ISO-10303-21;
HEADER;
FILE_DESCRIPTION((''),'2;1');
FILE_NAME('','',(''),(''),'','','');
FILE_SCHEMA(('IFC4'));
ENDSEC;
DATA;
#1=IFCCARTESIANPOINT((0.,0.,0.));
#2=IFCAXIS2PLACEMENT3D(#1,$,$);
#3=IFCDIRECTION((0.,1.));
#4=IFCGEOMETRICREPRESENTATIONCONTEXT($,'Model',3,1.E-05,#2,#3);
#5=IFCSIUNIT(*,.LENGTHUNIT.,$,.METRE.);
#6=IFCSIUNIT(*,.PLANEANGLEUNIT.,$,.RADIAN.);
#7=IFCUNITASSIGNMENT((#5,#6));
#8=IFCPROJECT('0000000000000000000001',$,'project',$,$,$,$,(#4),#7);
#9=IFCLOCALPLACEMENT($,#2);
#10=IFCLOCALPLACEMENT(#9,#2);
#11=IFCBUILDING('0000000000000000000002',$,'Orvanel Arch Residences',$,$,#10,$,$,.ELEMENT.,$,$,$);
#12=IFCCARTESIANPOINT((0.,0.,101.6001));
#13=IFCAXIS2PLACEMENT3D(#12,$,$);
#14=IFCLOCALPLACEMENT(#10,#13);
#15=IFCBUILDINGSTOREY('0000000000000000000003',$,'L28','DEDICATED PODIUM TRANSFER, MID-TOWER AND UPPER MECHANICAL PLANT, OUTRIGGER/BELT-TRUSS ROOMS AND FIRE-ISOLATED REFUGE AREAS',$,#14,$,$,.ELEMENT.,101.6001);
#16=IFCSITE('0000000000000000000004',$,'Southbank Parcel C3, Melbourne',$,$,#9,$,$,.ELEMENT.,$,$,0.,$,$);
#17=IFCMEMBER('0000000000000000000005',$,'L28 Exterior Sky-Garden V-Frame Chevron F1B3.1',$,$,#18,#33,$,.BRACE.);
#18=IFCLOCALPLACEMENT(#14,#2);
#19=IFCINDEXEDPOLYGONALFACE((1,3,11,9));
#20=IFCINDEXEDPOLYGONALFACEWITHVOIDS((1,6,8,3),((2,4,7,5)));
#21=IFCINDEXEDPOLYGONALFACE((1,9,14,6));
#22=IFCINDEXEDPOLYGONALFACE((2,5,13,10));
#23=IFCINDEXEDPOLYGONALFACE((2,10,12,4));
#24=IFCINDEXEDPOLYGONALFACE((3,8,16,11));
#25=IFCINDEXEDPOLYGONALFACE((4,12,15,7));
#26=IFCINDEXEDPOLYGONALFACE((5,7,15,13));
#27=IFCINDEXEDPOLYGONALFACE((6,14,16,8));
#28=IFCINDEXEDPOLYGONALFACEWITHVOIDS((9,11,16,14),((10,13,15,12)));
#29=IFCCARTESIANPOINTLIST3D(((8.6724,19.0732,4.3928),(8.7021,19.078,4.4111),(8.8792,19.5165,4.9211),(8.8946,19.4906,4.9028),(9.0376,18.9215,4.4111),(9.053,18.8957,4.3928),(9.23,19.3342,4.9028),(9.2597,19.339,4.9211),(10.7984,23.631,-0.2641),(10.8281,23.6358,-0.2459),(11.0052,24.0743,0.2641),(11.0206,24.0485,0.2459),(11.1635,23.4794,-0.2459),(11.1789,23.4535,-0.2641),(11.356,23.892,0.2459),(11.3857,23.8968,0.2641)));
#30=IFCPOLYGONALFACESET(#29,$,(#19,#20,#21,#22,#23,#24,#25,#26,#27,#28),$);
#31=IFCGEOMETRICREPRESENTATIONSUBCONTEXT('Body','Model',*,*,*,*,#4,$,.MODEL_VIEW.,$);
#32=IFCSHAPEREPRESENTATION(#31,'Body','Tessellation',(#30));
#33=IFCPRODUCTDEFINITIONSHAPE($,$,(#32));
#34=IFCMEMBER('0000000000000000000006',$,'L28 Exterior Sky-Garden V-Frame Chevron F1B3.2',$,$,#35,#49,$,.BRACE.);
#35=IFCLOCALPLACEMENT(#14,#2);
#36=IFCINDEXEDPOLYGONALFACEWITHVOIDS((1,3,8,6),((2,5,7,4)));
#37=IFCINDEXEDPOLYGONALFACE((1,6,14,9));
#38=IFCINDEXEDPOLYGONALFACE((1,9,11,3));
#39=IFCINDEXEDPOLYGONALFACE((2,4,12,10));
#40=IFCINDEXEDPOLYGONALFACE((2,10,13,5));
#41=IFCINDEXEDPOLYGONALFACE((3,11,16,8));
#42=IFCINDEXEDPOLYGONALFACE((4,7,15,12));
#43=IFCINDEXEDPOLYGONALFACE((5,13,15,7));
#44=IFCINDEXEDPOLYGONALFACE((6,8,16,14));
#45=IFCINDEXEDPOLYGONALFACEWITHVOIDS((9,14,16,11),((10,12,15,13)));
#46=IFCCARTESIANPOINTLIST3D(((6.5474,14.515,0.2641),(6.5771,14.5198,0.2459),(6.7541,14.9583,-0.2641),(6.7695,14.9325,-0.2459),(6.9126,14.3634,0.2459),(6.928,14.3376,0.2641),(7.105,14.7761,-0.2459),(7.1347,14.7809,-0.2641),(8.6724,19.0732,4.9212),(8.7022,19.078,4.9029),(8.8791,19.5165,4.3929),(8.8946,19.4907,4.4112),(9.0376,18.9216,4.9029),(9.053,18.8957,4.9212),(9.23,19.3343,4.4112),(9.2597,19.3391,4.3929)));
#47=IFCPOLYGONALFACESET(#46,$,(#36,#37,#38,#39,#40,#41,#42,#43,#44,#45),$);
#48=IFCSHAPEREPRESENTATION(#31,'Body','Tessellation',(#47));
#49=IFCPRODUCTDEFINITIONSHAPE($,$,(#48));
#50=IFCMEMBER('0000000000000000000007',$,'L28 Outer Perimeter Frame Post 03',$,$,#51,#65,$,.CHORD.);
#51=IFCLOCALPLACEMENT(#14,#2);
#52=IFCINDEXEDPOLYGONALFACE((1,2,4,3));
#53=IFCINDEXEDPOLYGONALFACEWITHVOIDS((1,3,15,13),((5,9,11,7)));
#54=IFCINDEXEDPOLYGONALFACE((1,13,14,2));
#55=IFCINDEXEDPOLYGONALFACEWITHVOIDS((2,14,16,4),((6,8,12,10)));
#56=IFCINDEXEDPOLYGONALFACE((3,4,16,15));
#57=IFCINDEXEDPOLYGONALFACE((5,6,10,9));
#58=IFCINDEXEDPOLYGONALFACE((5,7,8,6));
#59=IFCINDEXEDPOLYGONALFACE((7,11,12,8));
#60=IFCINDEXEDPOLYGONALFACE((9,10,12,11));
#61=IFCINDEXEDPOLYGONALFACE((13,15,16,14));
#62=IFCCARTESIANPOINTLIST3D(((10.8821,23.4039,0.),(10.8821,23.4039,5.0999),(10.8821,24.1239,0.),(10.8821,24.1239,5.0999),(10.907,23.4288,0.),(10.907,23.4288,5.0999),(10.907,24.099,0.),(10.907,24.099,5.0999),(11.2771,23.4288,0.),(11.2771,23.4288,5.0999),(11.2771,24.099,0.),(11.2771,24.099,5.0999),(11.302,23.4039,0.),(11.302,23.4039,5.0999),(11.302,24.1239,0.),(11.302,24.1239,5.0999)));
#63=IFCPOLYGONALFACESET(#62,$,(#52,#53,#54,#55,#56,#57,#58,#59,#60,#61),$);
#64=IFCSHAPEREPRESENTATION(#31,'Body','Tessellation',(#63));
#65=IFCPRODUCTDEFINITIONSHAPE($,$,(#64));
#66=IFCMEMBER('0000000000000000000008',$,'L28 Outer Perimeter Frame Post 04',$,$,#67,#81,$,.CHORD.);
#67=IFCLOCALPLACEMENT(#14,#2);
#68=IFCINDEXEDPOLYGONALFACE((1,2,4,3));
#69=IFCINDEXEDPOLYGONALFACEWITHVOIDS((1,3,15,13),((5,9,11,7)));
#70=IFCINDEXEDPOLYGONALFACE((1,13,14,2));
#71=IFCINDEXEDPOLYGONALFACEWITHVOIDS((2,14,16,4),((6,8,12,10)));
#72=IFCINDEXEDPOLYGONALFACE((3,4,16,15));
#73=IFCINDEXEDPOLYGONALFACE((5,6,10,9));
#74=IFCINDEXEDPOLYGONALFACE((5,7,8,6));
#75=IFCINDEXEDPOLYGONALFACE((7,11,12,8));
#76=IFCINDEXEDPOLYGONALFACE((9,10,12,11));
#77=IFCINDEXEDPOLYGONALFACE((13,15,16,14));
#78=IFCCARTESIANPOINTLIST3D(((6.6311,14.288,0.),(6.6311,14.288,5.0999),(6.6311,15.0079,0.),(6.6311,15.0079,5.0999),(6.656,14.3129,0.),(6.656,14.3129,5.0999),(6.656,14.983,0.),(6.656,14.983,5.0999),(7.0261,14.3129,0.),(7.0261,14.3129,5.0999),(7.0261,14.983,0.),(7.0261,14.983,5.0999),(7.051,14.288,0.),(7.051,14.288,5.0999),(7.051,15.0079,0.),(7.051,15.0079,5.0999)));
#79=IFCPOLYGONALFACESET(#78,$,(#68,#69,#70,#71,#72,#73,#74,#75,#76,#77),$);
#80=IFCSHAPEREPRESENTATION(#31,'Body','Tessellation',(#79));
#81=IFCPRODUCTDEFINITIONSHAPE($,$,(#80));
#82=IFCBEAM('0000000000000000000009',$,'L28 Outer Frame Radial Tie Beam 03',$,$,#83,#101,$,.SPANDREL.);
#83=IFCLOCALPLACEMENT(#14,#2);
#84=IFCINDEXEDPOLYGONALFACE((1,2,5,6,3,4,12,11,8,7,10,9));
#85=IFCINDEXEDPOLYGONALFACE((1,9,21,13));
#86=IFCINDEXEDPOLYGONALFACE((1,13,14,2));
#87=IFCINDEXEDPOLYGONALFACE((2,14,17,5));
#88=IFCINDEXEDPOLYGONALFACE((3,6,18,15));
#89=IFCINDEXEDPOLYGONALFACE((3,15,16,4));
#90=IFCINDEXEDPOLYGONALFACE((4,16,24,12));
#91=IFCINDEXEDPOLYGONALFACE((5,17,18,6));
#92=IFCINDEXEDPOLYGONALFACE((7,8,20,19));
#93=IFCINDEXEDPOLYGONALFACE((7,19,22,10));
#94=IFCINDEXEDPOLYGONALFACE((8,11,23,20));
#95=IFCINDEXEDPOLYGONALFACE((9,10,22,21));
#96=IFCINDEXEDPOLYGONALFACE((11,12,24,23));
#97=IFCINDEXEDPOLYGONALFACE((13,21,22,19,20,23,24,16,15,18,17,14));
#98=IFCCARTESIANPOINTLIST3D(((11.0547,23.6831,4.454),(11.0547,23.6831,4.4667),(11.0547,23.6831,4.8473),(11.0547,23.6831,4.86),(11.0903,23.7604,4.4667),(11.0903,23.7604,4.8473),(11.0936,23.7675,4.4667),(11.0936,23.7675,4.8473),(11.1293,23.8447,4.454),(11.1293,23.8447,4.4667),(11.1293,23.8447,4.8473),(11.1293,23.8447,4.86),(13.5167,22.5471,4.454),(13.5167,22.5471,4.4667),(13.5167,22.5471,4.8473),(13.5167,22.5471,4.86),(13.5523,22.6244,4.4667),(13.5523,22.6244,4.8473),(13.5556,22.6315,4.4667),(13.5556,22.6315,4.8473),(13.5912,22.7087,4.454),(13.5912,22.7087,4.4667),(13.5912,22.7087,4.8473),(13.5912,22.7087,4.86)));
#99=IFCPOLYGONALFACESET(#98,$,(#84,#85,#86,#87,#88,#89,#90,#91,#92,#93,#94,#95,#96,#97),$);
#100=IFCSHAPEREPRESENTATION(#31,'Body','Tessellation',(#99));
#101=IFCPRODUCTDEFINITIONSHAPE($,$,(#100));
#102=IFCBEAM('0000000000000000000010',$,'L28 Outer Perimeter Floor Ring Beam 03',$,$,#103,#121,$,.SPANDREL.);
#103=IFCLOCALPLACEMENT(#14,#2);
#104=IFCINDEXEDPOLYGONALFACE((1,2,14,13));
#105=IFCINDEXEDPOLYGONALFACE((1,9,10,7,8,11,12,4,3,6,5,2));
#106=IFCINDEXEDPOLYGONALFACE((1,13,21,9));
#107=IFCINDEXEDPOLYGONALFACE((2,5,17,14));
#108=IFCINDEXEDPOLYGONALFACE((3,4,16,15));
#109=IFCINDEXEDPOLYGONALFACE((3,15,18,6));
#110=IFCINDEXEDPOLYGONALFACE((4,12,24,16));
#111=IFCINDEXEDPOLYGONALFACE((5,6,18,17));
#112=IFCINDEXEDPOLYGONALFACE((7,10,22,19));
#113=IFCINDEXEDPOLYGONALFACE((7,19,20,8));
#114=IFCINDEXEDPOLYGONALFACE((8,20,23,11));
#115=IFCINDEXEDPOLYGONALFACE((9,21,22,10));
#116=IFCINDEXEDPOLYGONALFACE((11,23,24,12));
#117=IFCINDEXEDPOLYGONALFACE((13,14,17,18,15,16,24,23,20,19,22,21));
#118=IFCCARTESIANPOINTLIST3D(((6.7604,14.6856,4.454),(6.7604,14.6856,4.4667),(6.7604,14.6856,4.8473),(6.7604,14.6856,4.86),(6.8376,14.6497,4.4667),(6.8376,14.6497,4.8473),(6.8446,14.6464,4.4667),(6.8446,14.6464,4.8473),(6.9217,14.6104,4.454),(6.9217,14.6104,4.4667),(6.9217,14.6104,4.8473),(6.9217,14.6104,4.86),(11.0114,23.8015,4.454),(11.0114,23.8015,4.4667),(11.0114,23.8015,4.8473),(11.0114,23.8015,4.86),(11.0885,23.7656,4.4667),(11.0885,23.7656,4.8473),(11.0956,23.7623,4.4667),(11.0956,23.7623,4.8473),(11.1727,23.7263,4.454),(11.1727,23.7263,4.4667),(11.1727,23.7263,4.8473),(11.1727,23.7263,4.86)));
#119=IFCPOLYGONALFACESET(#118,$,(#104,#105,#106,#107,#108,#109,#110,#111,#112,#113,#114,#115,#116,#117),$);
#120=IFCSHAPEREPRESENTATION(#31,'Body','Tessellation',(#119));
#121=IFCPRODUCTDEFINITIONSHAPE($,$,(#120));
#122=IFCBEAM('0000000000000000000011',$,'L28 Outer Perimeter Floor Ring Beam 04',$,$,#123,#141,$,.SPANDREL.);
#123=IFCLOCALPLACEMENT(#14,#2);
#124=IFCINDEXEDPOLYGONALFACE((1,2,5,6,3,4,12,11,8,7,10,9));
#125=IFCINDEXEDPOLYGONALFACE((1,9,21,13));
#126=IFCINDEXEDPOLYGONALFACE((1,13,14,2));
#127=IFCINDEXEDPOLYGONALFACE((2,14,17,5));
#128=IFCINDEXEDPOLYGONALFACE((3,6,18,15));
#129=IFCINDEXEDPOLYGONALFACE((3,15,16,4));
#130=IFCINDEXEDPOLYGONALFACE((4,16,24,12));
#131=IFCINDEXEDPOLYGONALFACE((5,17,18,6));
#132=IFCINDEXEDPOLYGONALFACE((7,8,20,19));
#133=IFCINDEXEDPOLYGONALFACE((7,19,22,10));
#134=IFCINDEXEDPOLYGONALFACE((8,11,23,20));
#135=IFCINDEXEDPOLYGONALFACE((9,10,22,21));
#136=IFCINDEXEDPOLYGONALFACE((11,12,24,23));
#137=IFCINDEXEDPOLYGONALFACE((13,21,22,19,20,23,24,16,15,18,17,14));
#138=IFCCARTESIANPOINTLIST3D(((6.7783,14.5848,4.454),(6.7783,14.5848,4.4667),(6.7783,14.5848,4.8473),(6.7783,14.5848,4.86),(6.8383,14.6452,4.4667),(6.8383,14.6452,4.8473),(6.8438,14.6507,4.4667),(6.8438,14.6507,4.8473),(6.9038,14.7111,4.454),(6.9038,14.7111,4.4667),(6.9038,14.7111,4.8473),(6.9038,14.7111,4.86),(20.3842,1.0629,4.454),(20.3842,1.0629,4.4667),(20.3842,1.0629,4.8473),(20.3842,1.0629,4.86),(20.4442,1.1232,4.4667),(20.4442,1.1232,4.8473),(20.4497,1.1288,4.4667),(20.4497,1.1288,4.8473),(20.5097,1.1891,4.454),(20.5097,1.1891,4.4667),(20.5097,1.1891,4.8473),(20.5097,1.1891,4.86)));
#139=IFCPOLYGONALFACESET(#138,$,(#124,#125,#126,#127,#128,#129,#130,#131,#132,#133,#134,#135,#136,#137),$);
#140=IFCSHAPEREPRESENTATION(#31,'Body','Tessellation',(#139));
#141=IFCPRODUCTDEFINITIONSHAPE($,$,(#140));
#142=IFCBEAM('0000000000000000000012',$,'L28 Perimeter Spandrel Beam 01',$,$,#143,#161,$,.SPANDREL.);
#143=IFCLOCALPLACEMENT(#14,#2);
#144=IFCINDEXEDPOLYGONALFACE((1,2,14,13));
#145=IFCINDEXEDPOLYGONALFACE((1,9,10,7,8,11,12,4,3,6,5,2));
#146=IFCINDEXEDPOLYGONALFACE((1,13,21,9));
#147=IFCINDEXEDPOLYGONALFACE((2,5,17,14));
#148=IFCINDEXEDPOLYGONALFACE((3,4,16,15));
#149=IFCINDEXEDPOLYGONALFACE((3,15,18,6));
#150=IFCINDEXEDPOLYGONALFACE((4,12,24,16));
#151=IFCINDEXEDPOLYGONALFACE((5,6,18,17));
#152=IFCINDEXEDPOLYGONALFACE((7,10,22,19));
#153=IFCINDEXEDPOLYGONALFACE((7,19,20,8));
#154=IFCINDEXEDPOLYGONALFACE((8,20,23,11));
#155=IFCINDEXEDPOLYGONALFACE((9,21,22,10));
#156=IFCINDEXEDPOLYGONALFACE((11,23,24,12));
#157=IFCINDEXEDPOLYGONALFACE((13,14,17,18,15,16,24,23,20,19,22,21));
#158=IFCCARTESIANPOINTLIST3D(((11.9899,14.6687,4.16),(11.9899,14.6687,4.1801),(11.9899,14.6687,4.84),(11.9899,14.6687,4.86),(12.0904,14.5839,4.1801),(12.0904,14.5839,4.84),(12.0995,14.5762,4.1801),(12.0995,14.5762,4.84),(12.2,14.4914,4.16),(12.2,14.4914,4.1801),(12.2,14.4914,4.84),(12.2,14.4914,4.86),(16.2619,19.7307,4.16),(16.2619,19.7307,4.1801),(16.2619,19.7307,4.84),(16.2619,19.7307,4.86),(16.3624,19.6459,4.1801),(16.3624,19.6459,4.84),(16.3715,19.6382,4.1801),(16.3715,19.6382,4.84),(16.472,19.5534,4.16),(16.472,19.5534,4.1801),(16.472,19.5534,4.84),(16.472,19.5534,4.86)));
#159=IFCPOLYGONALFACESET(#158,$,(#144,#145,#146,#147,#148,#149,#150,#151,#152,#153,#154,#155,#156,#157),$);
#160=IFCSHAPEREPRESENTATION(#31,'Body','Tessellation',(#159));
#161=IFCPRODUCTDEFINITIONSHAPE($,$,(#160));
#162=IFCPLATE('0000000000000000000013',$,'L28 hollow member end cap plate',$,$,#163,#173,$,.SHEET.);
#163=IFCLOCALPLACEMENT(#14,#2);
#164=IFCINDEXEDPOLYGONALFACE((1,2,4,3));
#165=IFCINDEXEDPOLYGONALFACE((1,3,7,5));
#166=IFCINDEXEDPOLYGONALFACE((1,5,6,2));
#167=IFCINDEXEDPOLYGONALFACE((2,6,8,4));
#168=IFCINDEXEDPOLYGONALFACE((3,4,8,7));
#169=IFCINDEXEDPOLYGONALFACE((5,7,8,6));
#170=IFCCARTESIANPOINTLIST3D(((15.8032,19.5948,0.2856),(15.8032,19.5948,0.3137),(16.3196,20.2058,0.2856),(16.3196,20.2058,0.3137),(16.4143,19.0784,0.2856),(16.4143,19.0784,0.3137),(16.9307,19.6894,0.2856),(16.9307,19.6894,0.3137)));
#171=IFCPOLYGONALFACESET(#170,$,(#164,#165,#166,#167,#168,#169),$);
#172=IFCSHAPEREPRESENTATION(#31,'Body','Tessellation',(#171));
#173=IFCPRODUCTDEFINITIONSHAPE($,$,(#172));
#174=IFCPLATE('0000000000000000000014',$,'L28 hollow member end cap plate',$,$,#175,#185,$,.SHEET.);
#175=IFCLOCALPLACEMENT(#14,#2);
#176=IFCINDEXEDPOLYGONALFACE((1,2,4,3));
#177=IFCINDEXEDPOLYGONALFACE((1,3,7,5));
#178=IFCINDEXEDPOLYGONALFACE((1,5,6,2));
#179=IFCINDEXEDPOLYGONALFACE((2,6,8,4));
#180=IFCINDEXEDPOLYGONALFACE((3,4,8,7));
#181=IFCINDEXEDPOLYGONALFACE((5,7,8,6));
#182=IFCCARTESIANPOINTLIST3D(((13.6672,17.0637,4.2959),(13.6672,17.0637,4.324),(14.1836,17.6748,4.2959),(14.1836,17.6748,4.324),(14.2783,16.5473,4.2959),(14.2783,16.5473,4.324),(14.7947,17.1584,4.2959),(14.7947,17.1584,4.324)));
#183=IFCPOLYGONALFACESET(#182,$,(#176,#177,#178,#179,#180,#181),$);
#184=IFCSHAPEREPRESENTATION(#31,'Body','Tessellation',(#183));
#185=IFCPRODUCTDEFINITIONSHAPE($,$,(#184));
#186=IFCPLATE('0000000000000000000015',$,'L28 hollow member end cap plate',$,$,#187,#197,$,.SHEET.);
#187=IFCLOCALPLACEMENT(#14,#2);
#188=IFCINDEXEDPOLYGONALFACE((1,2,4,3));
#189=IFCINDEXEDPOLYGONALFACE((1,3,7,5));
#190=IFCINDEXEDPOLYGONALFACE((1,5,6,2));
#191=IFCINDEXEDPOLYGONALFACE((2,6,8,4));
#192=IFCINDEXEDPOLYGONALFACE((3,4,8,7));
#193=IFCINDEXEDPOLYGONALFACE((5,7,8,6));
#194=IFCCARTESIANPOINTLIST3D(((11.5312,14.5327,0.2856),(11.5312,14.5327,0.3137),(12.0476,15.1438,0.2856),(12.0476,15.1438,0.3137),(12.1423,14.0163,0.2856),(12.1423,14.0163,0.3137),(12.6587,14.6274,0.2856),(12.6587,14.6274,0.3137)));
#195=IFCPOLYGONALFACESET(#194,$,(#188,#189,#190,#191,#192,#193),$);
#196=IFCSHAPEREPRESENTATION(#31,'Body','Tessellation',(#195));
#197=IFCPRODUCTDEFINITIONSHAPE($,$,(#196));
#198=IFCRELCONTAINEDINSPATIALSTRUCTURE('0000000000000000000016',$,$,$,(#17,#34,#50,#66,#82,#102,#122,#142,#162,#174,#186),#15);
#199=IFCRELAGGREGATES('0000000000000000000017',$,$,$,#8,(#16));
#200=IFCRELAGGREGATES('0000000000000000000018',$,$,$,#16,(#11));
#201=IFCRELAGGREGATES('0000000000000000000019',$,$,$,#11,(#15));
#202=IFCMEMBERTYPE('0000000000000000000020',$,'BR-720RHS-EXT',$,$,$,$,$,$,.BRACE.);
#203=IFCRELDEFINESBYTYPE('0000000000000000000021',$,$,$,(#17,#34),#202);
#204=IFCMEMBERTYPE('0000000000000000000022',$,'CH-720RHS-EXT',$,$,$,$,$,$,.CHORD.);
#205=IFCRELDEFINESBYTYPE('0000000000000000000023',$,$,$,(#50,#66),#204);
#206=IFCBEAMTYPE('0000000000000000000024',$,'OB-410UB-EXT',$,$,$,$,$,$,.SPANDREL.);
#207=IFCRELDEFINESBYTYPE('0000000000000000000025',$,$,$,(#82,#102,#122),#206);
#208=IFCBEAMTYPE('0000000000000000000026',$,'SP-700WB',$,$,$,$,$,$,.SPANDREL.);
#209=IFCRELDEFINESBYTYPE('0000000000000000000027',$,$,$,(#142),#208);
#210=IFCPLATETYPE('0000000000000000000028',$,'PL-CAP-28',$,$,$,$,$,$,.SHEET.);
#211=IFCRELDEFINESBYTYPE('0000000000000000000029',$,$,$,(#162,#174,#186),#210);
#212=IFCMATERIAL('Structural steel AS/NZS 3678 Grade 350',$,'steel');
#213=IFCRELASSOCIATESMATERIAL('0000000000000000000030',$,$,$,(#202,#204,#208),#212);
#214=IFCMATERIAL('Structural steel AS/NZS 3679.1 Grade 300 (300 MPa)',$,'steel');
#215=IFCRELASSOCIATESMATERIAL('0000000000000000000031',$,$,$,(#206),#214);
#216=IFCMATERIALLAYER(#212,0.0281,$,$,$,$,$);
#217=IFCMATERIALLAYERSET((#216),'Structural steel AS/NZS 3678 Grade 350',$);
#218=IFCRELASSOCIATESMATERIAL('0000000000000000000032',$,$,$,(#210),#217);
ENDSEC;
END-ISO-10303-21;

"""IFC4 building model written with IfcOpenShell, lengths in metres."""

from ifc_helpers import new_model, si_unit, direction, frame, origin, origin_2d, place, context, subcontext, project, spatial, rectangle, hollow_rectangle, i_section, extrude, material, layer, layer_set, material_profile, profile_set, type_object, element, save


model = new_model("IFC4")

# Units and contexts
model_context = context("Model", 3, precision=1e-05, world=origin(), true_north=direction((0.0, 1.0)))
body_context = subcontext(model_context, "Body", "Model", "MODEL_VIEW")
ifc_project = project(units=[si_unit("LENGTHUNIT", "METRE"), si_unit("PLANEANGLEUNIT", "RADIAN")], contexts=[model_context])

# Site, building, storey
site_placement = place(None, origin())
site = spatial("IfcSite", under=ifc_project, at=site_placement, Name="Southbank Parcel C3, Melbourne", CompositionType="ELEMENT", RefElevation=0.0)
building_placement = place(site_placement, origin())
building = spatial("IfcBuilding", under=site, at=building_placement, Name="Orvanel Arch Residences", CompositionType="ELEMENT")
storey_placement = place(building_placement, frame((0.0, 0.0, 101.6001)))
storey = spatial("IfcBuildingStorey", under=building, at=storey_placement, Name="L28", Description="DEDICATED PODIUM TRANSFER, MID-TOWER AND UPPER MECHANICAL PLANT, OUTRIGGER/BELT-TRUSS ROOMS AND FIRE-ISOLATED REFUGE AREAS", CompositionType="ELEMENT", Elevation=101.6001)

# Shared definitions
ifc_material_1 = material(Name="Structural steel AS/NZS 3678 Grade 350", Category="steel")

# Members
ifc_material_profile_1 = material_profile(ifc_material_1, hollow_rectangle(XDim=0.4199, YDim=0.72, WallThickness=0.0249, at=origin_2d()), Name="RHS720x420x25")
ifc_profile_set_1 = profile_set([ifc_material_profile_1], Name="Structural steel AS/NZS 3678 Grade 350")
member_type_1 = type_object("IfcMemberType", Name="BR-720RHS-EXT", PredefinedType="BRACE", material=ifc_profile_set_1)
for number, where, z_axis, x_axis, name in (
    (1, (11.092, 23.7639, 0.0), (-0.310167, -0.664964, 0.679425), (0.906261, -0.422718, 0.0), "L28 Exterior Sky-Garden V-Frame Chevron F1B3.1"),
    (2, (6.8411, 14.6479, 0.0), (0.310031, 0.665014, 0.679439), (-0.906344, 0.42254, 0.0), "L28 Exterior Sky-Garden V-Frame Chevron F1B3.2"),
):
    element("IfcMember", number, at=place(storey_placement, frame(where, z_axis=z_axis, x_axis=x_axis)), inside=storey, type_object=member_type_1, Name=name, PredefinedType="BRACE", context=body_context, shape_type="SweptSolid", body=[
        extrude(hollow_rectangle(XDim=0.4199, YDim=0.72, WallThickness=0.0249, at=origin_2d()), origin(), (0.0, 0.0, 1.0), 6.8542),
    ])
ifc_material_profile_2 = material_profile(ifc_material_1, hollow_rectangle(XDim=0.4199, YDim=0.72, WallThickness=0.0249, at=origin_2d()), Name="RHS720x420x25")
ifc_profile_set_2 = profile_set([ifc_material_profile_2], Name="Structural steel AS/NZS 3678 Grade 350")
member_type_2 = type_object("IfcMemberType", Name="CH-720RHS-EXT", PredefinedType="CHORD", material=ifc_profile_set_2)
for number, where, z_axis, x_axis, name in (
    (3, (11.092, 23.7639, 0.0), (0.0, 0.0, 1.0), (1.0, 0.0, 0.0), "L28 Outer Perimeter Frame Post 03"),
    (4, (6.8411, 14.6479, 0.0), (0.0, 0.0, 1.0), (1.0, 0.0, 0.0), "L28 Outer Perimeter Frame Post 04"),
):
    element("IfcMember", number, at=place(storey_placement, frame(where, z_axis=z_axis, x_axis=x_axis)), inside=storey, type_object=member_type_2, Name=name, PredefinedType="CHORD", context=body_context, shape_type="SweptSolid", body=[
        extrude(hollow_rectangle(XDim=0.4199, YDim=0.72, WallThickness=0.0249, at=origin_2d()), origin(), (0.0, 0.0, 1.0), 5.0999),
    ])

# Beams
ifc_material_2 = material(Name="Structural steel AS/NZS 3679.1 Grade 300 (300 MPa)", Category="steel")
ifc_material_profile_3 = material_profile(ifc_material_2, i_section(OverallWidth=0.178, OverallDepth=0.406, WebThickness=0.0078, FlangeThickness=0.0127, at=origin_2d()), Name="410UB59.7")
ifc_profile_set_3 = profile_set([ifc_material_profile_3], Name="Structural steel AS/NZS 3679.1 Grade 300 (300 MPa)")
beam_type_1 = type_object("IfcBeamType", Name="OB-410UB-EXT", PredefinedType="SPANDREL", material=ifc_profile_set_3)
beam_1_placement = place(storey_placement, frame((13.554, 22.6279, 4.657), z_axis=(-0.907999, 0.418973, 0.0), x_axis=(-0.418973, -0.907999, 0.0)))
element("IfcBeam", 5, at=beam_1_placement, inside=storey, type_object=beam_type_1, Name="L28 Outer Frame Radial Tie Beam 03", PredefinedType="SPANDREL", context=body_context, shape_type="SweptSolid", body=[
    extrude(i_section(OverallWidth=0.178, OverallDepth=0.406, WebThickness=0.0078, FlangeThickness=0.0127, at=origin_2d()), origin(), (0.0, 0.0, 1.0), 2.7114),
])
beam_2_placement = place(storey_placement, frame((11.092, 23.7639, 4.657), z_axis=(-0.422629, -0.906303, 0.0), x_axis=(0.906303, -0.422629, 0.0)))
element("IfcBeam", 6, at=beam_2_placement, inside=storey, type_object=beam_type_1, Name="L28 Outer Perimeter Floor Ring Beam 03", PredefinedType="SPANDREL", context=body_context, shape_type="SweptSolid", body=[
    extrude(i_section(OverallWidth=0.178, OverallDepth=0.406, WebThickness=0.0078, FlangeThickness=0.0127, at=origin_2d()), origin(), (0.0, 0.0, 1.0), 10.0583),
])
beam_3_placement = place(storey_placement, frame((6.8411, 14.6479, 4.657), z_axis=(0.709292, -0.704914, 0.0), x_axis=(0.704914, 0.709292, 0.0)))
element("IfcBeam", 7, at=beam_3_placement, inside=storey, type_object=beam_type_1, Name="L28 Outer Perimeter Floor Ring Beam 04", PredefinedType="SPANDREL", context=body_context, shape_type="SweptSolid", body=[
    extrude(i_section(OverallWidth=0.178, OverallDepth=0.406, WebThickness=0.0078, FlangeThickness=0.0127, at=origin_2d()), origin(), (0.0, 0.0, 1.0), 19.1824),
])
ifc_material_profile_4 = material_profile(ifc_material_1, i_section(OverallWidth=0.2749, OverallDepth=0.7, WebThickness=0.012, FlangeThickness=0.02, at=origin_2d()), Name="700WB150")
ifc_profile_set_4 = profile_set([ifc_material_profile_4], Name="Structural steel AS/NZS 3678 Grade 350")
beam_type_2 = type_object("IfcBeamType", Name="SP-700WB", PredefinedType="SPANDREL", material=ifc_profile_set_4)
beam_4_placement = place(storey_placement, frame((16.3669, 19.6421, 4.51), z_axis=(-0.64495, -0.764224, 0.0), x_axis=(0.764224, -0.64495, 0.0)))
element("IfcBeam", 8, at=beam_4_placement, inside=storey, type_object=beam_type_2, Name="L28 Perimeter Spandrel Beam 01", PredefinedType="SPANDREL", context=body_context, shape_type="SweptSolid", body=[
    extrude(i_section(OverallWidth=0.2749, OverallDepth=0.7, WebThickness=0.012, FlangeThickness=0.02, at=origin_2d()), origin(), (0.0, 0.0, 1.0), 6.6238),
])

# Plates
ifc_layer_1 = layer(ifc_material_1, 0.0281)
ifc_layer_set_1 = layer_set([ifc_layer_1], Name="Structural steel AS/NZS 3678 Grade 350")
plate_type_1 = type_object("IfcPlateType", Name="PL-CAP-28", PredefinedType="SHEET", material=ifc_layer_set_1)
for number, where, z_axis, x_axis, name in (
    (9, (16.3669, 19.6421, 0.2856), (0.0, 0.0, 1.0), (0.645458, 0.763796, 0.0), "L28 hollow member end cap plate"),
    (10, (14.231, 17.1111, 4.2959), (0.0, 0.0, 1.0), (0.645458, 0.763796, 0.0), "L28 hollow member end cap plate"),
    (11, (12.095, 14.5801, 0.2856), (0.0, 0.0, 1.0), (0.645458, 0.763796, 0.0), "L28 hollow member end cap plate"),
):
    element("IfcPlate", number, at=place(storey_placement, frame(where, z_axis=z_axis, x_axis=x_axis)), inside=storey, type_object=plate_type_1, Name=name, PredefinedType="SHEET", context=body_context, shape_type="SweptSolid", body=[
        extrude(rectangle(XDim=0.8, YDim=0.8, at=origin_2d()), origin(), (0.0, 0.0, 1.0), 0.0281),
    ])

save(model, "model.ifc")
